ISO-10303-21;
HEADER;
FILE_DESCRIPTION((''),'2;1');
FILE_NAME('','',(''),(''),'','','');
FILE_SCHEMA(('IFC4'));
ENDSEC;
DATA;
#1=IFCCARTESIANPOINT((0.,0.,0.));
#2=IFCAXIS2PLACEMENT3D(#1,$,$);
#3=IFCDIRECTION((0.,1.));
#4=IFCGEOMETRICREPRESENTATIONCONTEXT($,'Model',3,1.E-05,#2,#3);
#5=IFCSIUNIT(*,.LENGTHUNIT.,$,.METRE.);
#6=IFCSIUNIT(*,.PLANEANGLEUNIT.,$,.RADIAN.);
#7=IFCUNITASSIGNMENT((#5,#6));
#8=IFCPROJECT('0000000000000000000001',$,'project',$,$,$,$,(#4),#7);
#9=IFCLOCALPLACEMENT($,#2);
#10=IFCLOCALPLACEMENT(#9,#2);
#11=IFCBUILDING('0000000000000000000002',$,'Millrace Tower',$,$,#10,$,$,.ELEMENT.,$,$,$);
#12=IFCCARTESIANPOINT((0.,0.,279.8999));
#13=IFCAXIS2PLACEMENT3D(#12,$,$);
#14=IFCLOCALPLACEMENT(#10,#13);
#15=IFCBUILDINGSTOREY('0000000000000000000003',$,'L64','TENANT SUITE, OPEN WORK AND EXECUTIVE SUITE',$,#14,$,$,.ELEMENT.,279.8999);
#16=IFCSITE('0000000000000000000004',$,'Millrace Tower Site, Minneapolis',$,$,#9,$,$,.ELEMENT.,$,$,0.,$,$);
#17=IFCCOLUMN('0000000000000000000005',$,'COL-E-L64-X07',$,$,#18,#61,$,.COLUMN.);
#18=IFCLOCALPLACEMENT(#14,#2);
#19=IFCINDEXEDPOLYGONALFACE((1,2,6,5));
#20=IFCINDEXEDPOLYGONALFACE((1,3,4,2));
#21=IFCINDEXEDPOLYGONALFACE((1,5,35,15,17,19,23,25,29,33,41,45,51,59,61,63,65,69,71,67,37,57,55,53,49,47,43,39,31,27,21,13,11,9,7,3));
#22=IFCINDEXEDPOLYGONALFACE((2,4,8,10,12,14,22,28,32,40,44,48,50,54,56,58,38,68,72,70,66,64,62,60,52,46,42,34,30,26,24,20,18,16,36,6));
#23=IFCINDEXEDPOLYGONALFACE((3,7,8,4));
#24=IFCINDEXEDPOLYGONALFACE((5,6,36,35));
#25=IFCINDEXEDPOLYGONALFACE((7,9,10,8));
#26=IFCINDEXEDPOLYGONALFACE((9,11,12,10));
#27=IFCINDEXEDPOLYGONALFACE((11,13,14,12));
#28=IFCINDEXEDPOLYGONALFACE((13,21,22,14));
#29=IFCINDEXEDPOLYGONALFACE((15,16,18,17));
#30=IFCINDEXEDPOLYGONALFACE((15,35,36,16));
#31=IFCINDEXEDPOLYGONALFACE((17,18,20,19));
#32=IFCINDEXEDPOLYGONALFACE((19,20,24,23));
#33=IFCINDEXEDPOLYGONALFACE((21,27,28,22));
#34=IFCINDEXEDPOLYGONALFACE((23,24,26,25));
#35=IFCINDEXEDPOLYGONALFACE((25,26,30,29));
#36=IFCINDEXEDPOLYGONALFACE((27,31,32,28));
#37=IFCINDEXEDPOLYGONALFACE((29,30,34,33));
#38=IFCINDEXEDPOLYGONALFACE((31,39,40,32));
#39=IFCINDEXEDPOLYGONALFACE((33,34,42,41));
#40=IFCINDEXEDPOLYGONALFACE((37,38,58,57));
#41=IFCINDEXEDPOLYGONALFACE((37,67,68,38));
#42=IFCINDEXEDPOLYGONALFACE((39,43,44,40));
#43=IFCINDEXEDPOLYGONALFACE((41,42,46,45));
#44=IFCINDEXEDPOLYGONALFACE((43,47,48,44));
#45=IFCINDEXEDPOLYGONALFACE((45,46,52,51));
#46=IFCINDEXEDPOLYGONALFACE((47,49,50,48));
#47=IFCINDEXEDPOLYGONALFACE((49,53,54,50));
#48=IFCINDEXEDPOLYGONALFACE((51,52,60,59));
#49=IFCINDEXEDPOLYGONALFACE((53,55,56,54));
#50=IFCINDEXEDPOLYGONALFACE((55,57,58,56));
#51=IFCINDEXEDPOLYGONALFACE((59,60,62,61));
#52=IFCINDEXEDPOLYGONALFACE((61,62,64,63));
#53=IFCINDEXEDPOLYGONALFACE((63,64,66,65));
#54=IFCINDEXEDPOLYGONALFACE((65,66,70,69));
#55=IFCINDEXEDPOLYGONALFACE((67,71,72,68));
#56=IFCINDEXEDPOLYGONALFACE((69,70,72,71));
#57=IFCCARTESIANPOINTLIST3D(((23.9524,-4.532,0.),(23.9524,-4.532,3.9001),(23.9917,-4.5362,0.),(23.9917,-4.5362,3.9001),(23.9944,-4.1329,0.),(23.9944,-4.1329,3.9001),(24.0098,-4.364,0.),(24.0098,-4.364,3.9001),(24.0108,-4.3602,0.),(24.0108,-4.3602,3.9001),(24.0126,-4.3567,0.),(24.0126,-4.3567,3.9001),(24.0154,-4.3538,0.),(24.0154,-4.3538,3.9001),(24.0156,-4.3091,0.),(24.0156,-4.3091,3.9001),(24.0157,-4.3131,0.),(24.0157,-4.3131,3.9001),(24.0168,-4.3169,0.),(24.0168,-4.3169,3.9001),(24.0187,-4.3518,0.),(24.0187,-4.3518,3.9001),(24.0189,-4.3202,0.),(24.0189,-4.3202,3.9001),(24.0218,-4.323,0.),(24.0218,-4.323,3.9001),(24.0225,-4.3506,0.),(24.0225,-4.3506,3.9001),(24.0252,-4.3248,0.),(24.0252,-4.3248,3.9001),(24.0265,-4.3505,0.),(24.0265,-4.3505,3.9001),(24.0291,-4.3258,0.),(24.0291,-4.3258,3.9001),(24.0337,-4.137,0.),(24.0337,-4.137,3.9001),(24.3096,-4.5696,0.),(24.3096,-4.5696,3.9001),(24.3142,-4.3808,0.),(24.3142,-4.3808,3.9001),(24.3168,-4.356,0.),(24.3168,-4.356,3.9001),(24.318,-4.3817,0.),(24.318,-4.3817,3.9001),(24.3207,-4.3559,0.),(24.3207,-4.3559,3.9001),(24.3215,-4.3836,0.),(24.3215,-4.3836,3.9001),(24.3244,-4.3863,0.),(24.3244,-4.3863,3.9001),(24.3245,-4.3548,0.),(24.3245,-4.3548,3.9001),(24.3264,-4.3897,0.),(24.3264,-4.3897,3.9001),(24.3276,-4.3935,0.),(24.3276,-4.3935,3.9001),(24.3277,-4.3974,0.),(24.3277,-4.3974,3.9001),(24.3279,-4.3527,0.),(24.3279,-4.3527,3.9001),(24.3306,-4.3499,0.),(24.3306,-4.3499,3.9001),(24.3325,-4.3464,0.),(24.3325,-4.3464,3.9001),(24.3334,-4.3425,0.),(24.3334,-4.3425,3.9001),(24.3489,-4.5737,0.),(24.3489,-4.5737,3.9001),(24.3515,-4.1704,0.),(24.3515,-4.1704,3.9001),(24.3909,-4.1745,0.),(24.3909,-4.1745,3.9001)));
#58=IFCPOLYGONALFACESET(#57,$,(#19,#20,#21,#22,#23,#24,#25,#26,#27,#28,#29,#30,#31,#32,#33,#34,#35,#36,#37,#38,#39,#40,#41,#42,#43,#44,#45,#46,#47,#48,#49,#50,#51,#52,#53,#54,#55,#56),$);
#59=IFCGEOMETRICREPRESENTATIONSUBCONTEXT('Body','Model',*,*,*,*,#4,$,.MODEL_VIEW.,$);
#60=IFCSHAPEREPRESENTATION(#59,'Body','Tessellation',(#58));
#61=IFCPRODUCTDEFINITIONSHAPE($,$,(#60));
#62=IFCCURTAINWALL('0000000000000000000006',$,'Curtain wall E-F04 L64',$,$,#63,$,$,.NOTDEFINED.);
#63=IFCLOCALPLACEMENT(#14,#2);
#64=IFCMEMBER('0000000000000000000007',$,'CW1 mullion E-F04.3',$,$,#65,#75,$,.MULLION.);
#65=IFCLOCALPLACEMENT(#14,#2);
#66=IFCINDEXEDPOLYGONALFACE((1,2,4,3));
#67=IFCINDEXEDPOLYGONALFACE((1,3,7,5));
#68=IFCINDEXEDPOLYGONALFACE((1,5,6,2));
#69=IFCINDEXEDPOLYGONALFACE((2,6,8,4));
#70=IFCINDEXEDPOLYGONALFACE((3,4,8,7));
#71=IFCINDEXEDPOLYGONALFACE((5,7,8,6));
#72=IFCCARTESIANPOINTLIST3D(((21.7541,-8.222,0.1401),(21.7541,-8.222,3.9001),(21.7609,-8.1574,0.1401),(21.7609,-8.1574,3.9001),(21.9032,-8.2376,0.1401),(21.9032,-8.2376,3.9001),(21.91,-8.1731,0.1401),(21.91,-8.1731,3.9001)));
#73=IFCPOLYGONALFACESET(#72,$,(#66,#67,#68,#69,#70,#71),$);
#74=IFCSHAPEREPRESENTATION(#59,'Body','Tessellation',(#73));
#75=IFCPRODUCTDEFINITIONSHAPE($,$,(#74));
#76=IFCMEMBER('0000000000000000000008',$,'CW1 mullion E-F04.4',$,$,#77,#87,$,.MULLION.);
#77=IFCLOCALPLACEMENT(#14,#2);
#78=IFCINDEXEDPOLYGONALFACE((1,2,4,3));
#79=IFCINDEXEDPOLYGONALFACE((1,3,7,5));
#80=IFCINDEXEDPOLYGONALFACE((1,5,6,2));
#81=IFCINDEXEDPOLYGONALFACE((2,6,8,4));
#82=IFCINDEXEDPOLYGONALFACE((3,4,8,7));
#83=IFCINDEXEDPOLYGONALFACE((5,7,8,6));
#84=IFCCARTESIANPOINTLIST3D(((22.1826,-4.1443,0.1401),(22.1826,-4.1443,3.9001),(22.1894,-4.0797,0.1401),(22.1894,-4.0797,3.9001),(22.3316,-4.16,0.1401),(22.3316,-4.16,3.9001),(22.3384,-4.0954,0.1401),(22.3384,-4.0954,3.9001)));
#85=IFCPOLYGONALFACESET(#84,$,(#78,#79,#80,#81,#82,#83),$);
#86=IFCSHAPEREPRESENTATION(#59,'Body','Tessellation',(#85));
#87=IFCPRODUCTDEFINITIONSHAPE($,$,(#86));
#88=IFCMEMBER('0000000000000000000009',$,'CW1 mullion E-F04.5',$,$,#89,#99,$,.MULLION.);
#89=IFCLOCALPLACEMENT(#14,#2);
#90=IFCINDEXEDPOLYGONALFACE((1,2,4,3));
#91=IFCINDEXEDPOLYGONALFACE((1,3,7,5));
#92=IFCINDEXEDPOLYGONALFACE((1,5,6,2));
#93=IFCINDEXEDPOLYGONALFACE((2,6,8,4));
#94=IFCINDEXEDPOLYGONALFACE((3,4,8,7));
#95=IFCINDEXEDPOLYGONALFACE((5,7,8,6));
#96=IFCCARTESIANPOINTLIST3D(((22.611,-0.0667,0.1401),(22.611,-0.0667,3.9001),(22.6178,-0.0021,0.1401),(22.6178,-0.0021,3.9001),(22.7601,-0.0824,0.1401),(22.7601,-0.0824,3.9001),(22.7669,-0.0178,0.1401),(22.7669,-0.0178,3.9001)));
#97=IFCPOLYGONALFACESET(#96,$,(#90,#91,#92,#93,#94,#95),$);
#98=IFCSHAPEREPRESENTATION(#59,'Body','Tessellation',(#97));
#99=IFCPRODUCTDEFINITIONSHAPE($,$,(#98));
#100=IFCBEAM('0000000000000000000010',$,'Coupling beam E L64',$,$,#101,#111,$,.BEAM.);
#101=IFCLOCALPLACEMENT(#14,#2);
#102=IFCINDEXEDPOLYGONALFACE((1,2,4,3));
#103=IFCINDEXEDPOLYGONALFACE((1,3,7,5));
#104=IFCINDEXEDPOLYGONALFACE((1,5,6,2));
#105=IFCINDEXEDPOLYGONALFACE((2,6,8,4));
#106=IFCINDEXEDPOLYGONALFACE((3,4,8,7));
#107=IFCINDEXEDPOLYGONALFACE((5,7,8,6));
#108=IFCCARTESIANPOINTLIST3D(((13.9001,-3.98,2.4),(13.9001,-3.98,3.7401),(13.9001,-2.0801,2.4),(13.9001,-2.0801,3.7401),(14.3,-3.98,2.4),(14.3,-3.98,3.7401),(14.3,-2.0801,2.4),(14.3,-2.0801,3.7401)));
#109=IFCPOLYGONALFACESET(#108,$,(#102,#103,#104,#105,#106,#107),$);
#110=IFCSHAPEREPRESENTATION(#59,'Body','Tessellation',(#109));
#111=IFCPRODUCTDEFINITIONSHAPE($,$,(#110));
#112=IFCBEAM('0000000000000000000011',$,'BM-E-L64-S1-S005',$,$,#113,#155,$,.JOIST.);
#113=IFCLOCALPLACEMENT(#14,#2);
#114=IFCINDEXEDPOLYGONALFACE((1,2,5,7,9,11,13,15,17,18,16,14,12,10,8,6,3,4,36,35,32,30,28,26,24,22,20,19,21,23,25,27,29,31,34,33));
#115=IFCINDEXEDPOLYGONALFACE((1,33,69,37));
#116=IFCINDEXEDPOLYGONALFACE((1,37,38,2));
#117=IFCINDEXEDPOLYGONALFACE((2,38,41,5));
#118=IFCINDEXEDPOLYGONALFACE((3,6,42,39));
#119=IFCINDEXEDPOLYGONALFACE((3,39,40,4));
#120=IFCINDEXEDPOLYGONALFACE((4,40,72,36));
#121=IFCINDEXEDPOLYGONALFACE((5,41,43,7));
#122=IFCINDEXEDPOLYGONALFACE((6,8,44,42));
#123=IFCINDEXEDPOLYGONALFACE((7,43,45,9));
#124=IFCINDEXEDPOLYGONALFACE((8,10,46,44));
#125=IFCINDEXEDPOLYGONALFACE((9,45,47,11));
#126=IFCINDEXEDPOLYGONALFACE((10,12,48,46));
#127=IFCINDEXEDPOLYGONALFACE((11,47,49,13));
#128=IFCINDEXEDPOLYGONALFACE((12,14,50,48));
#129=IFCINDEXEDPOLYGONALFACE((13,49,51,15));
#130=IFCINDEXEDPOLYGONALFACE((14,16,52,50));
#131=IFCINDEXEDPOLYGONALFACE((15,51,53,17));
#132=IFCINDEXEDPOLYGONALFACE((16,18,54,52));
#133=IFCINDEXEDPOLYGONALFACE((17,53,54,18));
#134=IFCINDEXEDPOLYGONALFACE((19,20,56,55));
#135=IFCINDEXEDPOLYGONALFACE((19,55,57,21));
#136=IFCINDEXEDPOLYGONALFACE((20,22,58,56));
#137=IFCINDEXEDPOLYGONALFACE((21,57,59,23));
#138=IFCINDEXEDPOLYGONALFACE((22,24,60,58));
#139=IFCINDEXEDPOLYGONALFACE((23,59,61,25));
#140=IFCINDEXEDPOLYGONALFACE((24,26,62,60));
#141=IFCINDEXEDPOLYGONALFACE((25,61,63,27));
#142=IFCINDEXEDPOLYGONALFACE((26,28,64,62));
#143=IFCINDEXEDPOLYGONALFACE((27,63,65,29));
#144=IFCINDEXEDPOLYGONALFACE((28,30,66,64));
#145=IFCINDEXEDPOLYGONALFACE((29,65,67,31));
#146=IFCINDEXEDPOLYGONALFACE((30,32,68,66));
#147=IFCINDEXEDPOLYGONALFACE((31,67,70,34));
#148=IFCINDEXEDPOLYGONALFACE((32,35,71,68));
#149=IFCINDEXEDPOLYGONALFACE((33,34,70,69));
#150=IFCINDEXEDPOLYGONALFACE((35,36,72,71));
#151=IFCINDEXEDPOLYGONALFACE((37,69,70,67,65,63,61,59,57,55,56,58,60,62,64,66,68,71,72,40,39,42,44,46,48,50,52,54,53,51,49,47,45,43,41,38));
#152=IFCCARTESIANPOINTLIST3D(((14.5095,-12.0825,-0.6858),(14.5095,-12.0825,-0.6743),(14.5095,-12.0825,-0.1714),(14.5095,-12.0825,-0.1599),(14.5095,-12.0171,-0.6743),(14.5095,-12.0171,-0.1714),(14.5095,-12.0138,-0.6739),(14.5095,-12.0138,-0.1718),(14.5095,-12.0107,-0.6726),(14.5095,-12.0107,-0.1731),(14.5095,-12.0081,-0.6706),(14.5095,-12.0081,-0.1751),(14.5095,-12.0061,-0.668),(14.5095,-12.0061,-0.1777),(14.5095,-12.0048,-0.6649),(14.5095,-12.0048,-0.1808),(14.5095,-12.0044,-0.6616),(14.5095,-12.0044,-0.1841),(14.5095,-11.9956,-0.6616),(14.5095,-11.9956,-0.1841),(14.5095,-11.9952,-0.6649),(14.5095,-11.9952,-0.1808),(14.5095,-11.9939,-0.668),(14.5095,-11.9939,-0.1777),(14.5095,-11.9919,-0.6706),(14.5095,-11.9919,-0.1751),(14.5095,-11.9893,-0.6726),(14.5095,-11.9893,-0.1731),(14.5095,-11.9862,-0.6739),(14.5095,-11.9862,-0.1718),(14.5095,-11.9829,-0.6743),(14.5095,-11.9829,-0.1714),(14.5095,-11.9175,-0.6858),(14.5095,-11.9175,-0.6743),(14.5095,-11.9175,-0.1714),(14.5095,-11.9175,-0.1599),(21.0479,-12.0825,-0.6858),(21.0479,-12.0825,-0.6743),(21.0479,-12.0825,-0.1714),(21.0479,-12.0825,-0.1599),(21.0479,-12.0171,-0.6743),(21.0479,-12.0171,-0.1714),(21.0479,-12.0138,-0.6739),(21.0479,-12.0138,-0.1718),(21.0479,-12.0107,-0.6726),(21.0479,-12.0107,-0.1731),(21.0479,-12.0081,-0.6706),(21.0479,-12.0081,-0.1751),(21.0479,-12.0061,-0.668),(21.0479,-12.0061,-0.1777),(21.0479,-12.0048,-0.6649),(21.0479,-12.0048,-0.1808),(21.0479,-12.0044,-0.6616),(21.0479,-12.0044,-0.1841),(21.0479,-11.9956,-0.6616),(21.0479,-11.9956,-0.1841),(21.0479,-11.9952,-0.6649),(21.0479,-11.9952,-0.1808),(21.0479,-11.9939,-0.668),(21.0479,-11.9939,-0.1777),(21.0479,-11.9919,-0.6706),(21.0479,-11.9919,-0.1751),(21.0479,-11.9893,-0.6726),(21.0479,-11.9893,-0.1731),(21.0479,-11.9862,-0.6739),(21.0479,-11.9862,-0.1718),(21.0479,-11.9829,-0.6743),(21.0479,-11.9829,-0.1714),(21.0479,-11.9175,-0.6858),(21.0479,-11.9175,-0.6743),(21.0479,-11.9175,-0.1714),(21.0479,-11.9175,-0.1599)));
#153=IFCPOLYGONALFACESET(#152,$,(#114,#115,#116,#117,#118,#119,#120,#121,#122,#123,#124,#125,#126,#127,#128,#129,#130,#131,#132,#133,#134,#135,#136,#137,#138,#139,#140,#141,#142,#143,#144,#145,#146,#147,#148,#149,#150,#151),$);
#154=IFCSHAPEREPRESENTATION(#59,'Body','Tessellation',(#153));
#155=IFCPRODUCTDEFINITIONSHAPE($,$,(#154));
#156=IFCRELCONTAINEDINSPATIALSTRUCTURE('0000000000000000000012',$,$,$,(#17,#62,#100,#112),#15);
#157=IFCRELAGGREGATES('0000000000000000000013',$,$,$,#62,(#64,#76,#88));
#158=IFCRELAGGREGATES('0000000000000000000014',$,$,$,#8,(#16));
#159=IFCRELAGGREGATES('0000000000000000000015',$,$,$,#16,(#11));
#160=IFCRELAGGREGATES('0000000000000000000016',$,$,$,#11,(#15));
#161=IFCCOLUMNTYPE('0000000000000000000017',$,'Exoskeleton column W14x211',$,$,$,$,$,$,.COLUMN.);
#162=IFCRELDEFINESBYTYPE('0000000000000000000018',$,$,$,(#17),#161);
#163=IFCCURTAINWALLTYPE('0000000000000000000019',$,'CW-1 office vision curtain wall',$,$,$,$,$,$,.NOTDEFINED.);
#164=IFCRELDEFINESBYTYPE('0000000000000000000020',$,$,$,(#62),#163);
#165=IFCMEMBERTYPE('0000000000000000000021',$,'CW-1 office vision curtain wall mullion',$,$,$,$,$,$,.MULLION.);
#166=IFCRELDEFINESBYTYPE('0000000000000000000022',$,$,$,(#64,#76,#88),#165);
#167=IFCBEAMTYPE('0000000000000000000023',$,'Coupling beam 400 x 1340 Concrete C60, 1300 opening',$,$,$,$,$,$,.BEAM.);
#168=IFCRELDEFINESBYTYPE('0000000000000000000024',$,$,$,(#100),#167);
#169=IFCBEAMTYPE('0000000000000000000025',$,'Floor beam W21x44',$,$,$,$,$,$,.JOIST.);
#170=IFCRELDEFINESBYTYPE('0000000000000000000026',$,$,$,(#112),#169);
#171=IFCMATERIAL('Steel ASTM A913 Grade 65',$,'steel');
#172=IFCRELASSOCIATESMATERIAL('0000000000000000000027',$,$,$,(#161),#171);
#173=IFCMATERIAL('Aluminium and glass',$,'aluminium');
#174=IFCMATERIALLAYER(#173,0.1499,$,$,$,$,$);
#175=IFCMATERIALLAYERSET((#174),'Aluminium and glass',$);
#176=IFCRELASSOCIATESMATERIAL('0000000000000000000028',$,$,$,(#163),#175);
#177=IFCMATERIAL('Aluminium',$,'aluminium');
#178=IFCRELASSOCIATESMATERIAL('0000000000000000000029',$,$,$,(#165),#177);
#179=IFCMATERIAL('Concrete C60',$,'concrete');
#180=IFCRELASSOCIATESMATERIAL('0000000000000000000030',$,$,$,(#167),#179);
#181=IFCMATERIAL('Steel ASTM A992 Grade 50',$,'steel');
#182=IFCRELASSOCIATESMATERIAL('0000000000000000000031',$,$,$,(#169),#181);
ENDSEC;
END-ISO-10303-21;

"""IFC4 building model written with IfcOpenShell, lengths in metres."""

from ifc_helpers import new_model, si_unit, direction, frame, origin, origin_2d, place, context, subcontext, project, spatial, rectangle, i_section, extrude, material, layer, layer_set, material_profile, profile_set, type_object, element, aggregate, save


model = new_model("IFC4")

# Units and contexts
model_context = context("Model", 3, precision=1e-05, world=origin(), true_north=direction((0.0, 1.0)))
body_context = subcontext(model_context, "Body", "Model", "MODEL_VIEW")
ifc_project = project(units=[si_unit("LENGTHUNIT", "METRE"), si_unit("PLANEANGLEUNIT", "RADIAN")], contexts=[model_context])

# Site, building, storey
site_placement = place(None, origin())
site = spatial("IfcSite", under=ifc_project, at=site_placement, Name="Millrace Tower Site, Minneapolis", CompositionType="ELEMENT", RefElevation=0.0)
building_placement = place(site_placement, origin())
building = spatial("IfcBuilding", under=site, at=building_placement, Name="Millrace Tower", CompositionType="ELEMENT")
storey_placement = place(building_placement, frame((0.0, 0.0, 279.8999)))
storey = spatial("IfcBuildingStorey", under=building, at=storey_placement, Name="L64", Description="TENANT SUITE, OPEN WORK AND EXECUTIVE SUITE", CompositionType="ELEMENT", Elevation=279.8999)

# Column
ifc_material_1 = material(Name="Steel ASTM A913 Grade 65", Category="steel")
ifc_material_profile_1 = material_profile(ifc_material_1, i_section(OverallWidth=0.4014, OverallDepth=0.3987, WebThickness=0.0249, FlangeThickness=0.0396, FilletRadius=0.0151, at=origin_2d()))
ifc_profile_set_1 = profile_set([ifc_material_profile_1], Name="Steel ASTM A913 Grade 65")
column_type = type_object("IfcColumnType", Name="Exoskeleton column W14x211", PredefinedType="COLUMN", material=ifc_profile_set_1)
column_placement = place(storey_placement, frame((24.1716, -4.3533, 0.0), z_axis=(0.0, 0.0, 1.0), x_axis=(0.104528, 0.994522, 0.0)))
element("IfcColumn", 1, at=column_placement, inside=storey, type_object=column_type, Name="COL-E-L64-X07", PredefinedType="COLUMN", context=body_context, shape_type="SweptSolid", body=[
    extrude(i_section(OverallWidth=0.4014, OverallDepth=0.3987, WebThickness=0.0249, FlangeThickness=0.0396, FilletRadius=0.0151, at=origin_2d()), origin(), (0.0, 0.0, 1.0), 3.9001),
])

# Curtain wall, members
ifc_material_2 = material(Name="Aluminium and glass", Category="aluminium")
ifc_layer_1 = layer(ifc_material_2, 0.1499)
ifc_layer_set_1 = layer_set([ifc_layer_1], Name="Aluminium and glass")
curtain_wall_type = type_object("IfcCurtainWallType", Name="CW-1 office vision curtain wall", PredefinedType="NOTDEFINED", material=ifc_layer_set_1)
placement = place(storey_placement, origin())
curtain_wall = element("IfcCurtainWall", 2, at=placement, inside=storey, type_object=curtain_wall_type, Name="Curtain wall E-F04 L64", PredefinedType="NOTDEFINED")
ifc_material_3 = material(Name="Aluminium", Category="aluminium")
ifc_material_profile_2 = material_profile(ifc_material_3, rectangle(XDim=0.0649, YDim=0.1499, at=origin_2d()))
ifc_profile_set_2 = profile_set([ifc_material_profile_2], Name="Aluminium")
member_type = type_object("IfcMemberType", Name="CW-1 office vision curtain wall mullion", PredefinedType="MULLION", material=ifc_profile_set_2)
member_1_placement = place(storey_placement, frame((21.832, -8.1975, 0.1401), z_axis=(0.0, 0.0, 1.0), x_axis=(0.104528, 0.994522, 0.0)))
member_1 = element("IfcMember", 3, at=member_1_placement, type_object=member_type, Name="CW1 mullion E-F04.3", PredefinedType="MULLION", context=body_context, shape_type="SweptSolid", body=[
    extrude(rectangle(XDim=0.0649, YDim=0.1499, at=origin_2d()), origin(), (0.0, 0.0, 1.0), 3.76),
])
member_2_placement = place(storey_placement, frame((22.2605, -4.1199, 0.1401), z_axis=(0.0, 0.0, 1.0), x_axis=(0.104528, 0.994522, 0.0)))
member_2 = element("IfcMember", 4, at=member_2_placement, type_object=member_type, Name="CW1 mullion E-F04.4", PredefinedType="MULLION", context=body_context, shape_type="SweptSolid", body=[
    extrude(rectangle(XDim=0.0649, YDim=0.1499, at=origin_2d()), origin(), (0.0, 0.0, 1.0), 3.76),
])
member_3_placement = place(storey_placement, frame((22.689, -0.0422, 0.1401), z_axis=(0.0, 0.0, 1.0), x_axis=(0.104528, 0.994522, 0.0)))
member_3 = element("IfcMember", 5, at=member_3_placement, type_object=member_type, Name="CW1 mullion E-F04.5", PredefinedType="MULLION", context=body_context, shape_type="SweptSolid", body=[
    extrude(rectangle(XDim=0.0649, YDim=0.1499, at=origin_2d()), origin(), (0.0, 0.0, 1.0), 3.76),
])
aggregate(curtain_wall, [member_1, member_2, member_3])

# Beams
ifc_material_4 = material(Name="Concrete C60", Category="concrete")
ifc_material_profile_3 = material_profile(ifc_material_4, rectangle(XDim=0.3999, YDim=1.3401, at=origin_2d()))
ifc_profile_set_3 = profile_set([ifc_material_profile_3], Name="Concrete C60")
beam_type_1 = type_object("IfcBeamType", Name="Coupling beam 400 x 1340 Concrete C60, 1300 opening", PredefinedType="BEAM", material=ifc_profile_set_3)
beam_1_placement = place(storey_placement, frame((14.1001, -2.0801, 3.0701), z_axis=(0.0, -1.0, 0.0), x_axis=(1.0, 0.0, 0.0)))
element("IfcBeam", 6, at=beam_1_placement, inside=storey, type_object=beam_type_1, Name="Coupling beam E L64", PredefinedType="BEAM", context=body_context, shape_type="SweptSolid", body=[
    extrude(rectangle(XDim=0.3999, YDim=1.3401, at=origin_2d()), origin(), (0.0, 0.0, 1.0), 1.8999),
])
ifc_material_5 = material(Name="Steel ASTM A992 Grade 50", Category="steel")
ifc_material_profile_4 = material_profile(ifc_material_5, i_section(OverallWidth=0.165, OverallDepth=0.5259, WebThickness=0.0088, FlangeThickness=0.0115, FilletRadius=0.0127, at=origin_2d()))
ifc_profile_set_4 = profile_set([ifc_material_profile_4], Name="Steel ASTM A992 Grade 50")
beam_type_2 = type_object("IfcBeamType", Name="Floor beam W21x44", PredefinedType="JOIST", material=ifc_profile_set_4)
beam_2_placement = place(storey_placement, frame((14.5095, -12.0, -0.4229), z_axis=(1.0, 0.0, 0.0), x_axis=(0.0, 1.0, 0.0)))
element("IfcBeam", 7, at=beam_2_placement, inside=storey, type_object=beam_type_2, Name="BM-E-L64-S1-S005", PredefinedType="JOIST", context=body_context, shape_type="SweptSolid", body=[
    extrude(i_section(OverallWidth=0.165, OverallDepth=0.5259, WebThickness=0.0088, FlangeThickness=0.0115, FilletRadius=0.0127, at=origin_2d()), origin(), (0.0, 0.0, 1.0), 6.5383),
])

save(model, "model.ifc")
